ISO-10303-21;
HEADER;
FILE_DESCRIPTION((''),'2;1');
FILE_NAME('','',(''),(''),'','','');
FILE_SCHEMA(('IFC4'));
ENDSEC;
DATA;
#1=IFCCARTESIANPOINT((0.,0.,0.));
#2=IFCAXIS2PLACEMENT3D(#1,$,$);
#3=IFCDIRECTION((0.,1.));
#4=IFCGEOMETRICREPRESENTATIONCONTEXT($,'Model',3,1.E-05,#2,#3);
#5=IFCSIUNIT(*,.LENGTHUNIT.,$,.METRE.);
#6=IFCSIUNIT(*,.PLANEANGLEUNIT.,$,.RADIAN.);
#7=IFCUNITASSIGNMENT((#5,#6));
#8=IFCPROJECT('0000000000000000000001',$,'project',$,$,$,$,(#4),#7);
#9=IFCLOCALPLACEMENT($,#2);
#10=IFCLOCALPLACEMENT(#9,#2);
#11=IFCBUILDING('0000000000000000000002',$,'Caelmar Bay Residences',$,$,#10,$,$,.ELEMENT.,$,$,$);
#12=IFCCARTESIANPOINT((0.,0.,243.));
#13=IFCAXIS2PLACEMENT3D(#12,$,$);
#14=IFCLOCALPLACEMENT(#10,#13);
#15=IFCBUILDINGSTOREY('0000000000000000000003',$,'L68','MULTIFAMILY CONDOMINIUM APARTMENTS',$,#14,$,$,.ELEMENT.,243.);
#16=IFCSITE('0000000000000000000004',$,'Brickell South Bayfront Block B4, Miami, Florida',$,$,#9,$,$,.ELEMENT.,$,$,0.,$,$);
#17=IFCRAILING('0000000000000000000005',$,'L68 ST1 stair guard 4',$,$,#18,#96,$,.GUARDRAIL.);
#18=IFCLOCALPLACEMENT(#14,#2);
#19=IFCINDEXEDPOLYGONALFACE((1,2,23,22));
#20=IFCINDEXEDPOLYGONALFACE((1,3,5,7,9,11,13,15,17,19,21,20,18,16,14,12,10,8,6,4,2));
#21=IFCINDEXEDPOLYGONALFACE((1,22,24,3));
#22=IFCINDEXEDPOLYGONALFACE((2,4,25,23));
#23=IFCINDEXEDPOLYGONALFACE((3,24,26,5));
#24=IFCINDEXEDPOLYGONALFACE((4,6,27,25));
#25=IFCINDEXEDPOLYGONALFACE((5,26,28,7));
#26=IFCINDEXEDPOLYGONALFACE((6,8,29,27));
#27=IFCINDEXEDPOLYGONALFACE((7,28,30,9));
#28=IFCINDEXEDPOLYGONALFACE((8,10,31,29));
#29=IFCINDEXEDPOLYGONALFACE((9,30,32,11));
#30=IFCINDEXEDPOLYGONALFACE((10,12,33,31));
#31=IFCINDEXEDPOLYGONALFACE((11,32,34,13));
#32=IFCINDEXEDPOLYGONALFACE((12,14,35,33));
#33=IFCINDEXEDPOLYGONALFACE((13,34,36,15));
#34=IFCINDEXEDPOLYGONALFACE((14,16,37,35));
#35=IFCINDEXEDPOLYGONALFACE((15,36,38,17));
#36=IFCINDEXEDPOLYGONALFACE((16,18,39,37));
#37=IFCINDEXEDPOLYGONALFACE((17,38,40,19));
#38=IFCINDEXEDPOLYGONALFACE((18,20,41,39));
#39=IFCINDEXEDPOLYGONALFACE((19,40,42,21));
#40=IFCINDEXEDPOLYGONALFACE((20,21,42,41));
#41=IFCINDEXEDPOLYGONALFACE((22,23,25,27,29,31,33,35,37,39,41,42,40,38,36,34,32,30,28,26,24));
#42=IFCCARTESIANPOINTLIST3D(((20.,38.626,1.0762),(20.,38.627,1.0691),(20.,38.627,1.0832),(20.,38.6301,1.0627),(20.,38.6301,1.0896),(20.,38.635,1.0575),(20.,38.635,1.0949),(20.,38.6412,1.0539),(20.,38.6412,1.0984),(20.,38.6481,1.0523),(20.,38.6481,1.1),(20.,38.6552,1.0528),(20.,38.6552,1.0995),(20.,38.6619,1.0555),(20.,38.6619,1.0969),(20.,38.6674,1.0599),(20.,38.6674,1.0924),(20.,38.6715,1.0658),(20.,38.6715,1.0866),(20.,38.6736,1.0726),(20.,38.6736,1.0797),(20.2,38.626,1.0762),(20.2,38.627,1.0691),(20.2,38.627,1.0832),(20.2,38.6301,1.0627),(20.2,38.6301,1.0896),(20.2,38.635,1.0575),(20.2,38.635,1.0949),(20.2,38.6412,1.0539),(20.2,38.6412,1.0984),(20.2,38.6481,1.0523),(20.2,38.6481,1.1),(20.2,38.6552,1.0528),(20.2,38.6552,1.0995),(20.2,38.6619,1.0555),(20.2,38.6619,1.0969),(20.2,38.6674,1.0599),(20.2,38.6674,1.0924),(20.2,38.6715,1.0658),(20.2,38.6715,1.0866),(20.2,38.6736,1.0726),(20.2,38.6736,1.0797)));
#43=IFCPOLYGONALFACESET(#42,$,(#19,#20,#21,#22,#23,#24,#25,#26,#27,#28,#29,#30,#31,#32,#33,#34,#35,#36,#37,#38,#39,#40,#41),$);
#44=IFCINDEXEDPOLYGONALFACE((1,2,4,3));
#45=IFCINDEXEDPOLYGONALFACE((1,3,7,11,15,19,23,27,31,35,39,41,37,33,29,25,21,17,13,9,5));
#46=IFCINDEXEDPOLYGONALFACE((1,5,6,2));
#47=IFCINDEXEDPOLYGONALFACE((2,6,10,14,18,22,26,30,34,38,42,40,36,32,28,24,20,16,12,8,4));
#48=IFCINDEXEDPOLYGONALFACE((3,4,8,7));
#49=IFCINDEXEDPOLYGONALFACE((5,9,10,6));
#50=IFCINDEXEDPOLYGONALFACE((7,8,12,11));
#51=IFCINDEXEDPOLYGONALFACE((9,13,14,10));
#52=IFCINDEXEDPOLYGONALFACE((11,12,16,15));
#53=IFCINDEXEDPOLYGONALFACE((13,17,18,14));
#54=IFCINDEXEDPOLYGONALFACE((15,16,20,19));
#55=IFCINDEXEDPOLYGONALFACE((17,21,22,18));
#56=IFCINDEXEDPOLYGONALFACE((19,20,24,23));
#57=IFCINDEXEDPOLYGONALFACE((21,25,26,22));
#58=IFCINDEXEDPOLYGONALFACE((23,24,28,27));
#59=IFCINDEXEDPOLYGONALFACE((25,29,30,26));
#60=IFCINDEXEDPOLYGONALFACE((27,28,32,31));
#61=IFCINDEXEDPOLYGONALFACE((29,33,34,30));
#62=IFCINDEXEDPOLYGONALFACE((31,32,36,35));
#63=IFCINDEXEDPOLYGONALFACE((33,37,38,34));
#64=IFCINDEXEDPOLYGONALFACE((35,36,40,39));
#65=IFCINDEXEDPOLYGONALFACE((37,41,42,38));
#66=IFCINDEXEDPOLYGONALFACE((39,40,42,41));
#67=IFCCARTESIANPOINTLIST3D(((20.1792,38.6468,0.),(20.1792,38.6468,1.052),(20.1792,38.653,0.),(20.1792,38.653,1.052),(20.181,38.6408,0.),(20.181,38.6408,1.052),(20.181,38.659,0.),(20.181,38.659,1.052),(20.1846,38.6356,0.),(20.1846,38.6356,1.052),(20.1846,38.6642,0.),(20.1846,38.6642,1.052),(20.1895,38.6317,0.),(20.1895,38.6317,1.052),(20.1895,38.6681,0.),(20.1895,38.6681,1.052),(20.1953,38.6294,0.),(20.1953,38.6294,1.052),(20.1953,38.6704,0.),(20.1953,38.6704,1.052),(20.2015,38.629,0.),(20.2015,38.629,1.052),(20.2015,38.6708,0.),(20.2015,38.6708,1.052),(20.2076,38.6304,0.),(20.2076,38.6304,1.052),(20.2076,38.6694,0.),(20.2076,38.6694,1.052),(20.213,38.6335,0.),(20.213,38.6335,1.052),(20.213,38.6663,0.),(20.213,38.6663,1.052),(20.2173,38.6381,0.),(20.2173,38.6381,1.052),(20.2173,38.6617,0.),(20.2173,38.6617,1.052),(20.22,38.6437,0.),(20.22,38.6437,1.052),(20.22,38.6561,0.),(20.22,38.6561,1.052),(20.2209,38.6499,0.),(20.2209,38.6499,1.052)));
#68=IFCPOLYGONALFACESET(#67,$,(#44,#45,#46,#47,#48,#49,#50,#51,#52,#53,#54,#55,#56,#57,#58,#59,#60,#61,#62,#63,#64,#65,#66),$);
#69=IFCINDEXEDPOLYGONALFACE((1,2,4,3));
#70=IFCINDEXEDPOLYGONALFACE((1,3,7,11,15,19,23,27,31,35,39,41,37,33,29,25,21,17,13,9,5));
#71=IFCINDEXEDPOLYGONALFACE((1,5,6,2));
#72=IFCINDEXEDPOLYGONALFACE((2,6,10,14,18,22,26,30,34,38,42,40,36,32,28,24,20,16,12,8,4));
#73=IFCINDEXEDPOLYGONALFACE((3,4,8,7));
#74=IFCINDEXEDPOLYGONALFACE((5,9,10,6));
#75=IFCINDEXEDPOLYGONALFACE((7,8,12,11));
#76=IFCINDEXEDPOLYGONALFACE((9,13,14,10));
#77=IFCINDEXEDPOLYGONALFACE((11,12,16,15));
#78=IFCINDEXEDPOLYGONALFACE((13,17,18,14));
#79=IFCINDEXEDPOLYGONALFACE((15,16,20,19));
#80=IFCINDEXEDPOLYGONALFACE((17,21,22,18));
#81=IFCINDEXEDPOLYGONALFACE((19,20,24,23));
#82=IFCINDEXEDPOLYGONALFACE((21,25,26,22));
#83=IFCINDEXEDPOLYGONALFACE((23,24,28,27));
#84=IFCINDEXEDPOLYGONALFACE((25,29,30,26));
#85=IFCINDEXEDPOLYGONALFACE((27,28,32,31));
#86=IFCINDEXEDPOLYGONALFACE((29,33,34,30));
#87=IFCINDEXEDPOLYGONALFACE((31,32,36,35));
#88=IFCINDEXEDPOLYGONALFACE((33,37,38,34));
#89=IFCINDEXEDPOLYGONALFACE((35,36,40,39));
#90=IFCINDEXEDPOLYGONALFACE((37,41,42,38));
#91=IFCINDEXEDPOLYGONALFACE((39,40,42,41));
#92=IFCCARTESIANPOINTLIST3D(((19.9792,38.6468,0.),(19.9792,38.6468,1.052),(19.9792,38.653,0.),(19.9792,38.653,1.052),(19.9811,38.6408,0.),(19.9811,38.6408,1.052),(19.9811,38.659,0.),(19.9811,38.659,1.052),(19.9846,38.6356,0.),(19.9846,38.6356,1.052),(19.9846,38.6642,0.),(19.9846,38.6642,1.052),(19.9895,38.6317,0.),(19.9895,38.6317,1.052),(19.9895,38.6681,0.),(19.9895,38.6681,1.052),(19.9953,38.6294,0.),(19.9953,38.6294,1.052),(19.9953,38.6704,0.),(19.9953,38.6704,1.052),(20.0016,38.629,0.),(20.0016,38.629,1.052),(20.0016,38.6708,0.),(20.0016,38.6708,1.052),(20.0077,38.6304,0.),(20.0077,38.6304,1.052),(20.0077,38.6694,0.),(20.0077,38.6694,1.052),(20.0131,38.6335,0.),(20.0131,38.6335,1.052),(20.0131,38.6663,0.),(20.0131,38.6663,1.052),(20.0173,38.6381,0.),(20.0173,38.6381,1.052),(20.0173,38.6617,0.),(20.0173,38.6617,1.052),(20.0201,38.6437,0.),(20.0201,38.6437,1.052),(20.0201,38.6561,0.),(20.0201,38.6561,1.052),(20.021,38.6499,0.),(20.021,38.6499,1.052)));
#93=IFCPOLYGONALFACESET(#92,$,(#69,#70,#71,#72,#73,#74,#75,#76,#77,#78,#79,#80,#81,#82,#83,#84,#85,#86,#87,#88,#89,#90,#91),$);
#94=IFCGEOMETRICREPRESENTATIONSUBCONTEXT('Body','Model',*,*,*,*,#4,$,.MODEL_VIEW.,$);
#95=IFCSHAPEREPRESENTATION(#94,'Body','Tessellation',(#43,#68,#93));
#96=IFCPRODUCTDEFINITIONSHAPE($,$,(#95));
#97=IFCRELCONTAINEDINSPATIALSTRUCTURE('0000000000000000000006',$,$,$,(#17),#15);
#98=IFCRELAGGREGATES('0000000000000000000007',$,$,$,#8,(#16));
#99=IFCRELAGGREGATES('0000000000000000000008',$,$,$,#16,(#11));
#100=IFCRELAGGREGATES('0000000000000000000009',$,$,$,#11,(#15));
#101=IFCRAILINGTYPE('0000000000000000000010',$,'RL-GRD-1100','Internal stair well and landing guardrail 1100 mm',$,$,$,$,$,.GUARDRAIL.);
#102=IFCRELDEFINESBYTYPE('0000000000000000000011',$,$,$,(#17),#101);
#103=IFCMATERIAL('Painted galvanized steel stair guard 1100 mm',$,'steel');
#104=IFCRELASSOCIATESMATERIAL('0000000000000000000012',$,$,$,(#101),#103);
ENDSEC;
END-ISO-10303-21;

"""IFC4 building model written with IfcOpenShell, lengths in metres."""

from ifc_helpers import new_model, si_unit, direction, frame, origin, origin_2d, place, context, subcontext, project, spatial, circle, extrude, material, type_object, element, save


model = new_model("IFC4")

# Units and contexts
model_context = context("Model", 3, precision=1e-05, world=origin(), true_north=direction((0.0, 1.0)))
body_context = subcontext(model_context, "Body", "Model", "MODEL_VIEW")
ifc_project = project(units=[si_unit("LENGTHUNIT", "METRE"), si_unit("PLANEANGLEUNIT", "RADIAN")], contexts=[model_context])

# Site, building, storey
site_placement = place(None, origin())
site = spatial("IfcSite", under=ifc_project, at=site_placement, Name="Brickell South Bayfront Block B4, Miami, Florida", CompositionType="ELEMENT", RefElevation=0.0)
building_placement = place(site_placement, origin())
building = spatial("IfcBuilding", under=site, at=building_placement, Name="Caelmar Bay Residences", CompositionType="ELEMENT")
storey_placement = place(building_placement, frame((0.0, 0.0, 243.0)))
storey = spatial("IfcBuildingStorey", under=building, at=storey_placement, Name="L68", Description="MULTIFAMILY CONDOMINIUM APARTMENTS", CompositionType="ELEMENT", Elevation=243.0)

# Railing
ifc_material_1 = material(Name="Painted galvanized steel stair guard 1100 mm", Category="steel")
railing_type_1 = type_object("IfcRailingType", Name="RL-GRD-1100", Description="Internal stair well and landing guardrail 1100 mm", PredefinedType="GUARDRAIL", material=ifc_material_1)
railing_1_placement = place(storey_placement, frame((20.2, 38.6499, 0.0)))
element("IfcRailing", 1, at=railing_1_placement, inside=storey, type_object=railing_type_1, Name="L68 ST1 stair guard 4", PredefinedType="GUARDRAIL", context=body_context, shape_type="SweptSolid", body=[
    extrude(circle(Radius=0.0239, at=origin_2d()), frame((0.0, 0.0, 1.0762), z_axis=(-1.0, 0.0, 0.0), x_axis=(0.0, -1.0, 0.0)), (0.0, 0.0, 1.0), 0.2),
    extrude(circle(Radius=0.021, at=origin_2d()), origin(), (0.0, 0.0, 1.0), 1.052),
    extrude(circle(Radius=0.021, at=origin_2d()), frame((-0.2, 0.0, 0.0)), (0.0, 0.0, 1.0), 1.052),
])

save(model, "model.ifc")
